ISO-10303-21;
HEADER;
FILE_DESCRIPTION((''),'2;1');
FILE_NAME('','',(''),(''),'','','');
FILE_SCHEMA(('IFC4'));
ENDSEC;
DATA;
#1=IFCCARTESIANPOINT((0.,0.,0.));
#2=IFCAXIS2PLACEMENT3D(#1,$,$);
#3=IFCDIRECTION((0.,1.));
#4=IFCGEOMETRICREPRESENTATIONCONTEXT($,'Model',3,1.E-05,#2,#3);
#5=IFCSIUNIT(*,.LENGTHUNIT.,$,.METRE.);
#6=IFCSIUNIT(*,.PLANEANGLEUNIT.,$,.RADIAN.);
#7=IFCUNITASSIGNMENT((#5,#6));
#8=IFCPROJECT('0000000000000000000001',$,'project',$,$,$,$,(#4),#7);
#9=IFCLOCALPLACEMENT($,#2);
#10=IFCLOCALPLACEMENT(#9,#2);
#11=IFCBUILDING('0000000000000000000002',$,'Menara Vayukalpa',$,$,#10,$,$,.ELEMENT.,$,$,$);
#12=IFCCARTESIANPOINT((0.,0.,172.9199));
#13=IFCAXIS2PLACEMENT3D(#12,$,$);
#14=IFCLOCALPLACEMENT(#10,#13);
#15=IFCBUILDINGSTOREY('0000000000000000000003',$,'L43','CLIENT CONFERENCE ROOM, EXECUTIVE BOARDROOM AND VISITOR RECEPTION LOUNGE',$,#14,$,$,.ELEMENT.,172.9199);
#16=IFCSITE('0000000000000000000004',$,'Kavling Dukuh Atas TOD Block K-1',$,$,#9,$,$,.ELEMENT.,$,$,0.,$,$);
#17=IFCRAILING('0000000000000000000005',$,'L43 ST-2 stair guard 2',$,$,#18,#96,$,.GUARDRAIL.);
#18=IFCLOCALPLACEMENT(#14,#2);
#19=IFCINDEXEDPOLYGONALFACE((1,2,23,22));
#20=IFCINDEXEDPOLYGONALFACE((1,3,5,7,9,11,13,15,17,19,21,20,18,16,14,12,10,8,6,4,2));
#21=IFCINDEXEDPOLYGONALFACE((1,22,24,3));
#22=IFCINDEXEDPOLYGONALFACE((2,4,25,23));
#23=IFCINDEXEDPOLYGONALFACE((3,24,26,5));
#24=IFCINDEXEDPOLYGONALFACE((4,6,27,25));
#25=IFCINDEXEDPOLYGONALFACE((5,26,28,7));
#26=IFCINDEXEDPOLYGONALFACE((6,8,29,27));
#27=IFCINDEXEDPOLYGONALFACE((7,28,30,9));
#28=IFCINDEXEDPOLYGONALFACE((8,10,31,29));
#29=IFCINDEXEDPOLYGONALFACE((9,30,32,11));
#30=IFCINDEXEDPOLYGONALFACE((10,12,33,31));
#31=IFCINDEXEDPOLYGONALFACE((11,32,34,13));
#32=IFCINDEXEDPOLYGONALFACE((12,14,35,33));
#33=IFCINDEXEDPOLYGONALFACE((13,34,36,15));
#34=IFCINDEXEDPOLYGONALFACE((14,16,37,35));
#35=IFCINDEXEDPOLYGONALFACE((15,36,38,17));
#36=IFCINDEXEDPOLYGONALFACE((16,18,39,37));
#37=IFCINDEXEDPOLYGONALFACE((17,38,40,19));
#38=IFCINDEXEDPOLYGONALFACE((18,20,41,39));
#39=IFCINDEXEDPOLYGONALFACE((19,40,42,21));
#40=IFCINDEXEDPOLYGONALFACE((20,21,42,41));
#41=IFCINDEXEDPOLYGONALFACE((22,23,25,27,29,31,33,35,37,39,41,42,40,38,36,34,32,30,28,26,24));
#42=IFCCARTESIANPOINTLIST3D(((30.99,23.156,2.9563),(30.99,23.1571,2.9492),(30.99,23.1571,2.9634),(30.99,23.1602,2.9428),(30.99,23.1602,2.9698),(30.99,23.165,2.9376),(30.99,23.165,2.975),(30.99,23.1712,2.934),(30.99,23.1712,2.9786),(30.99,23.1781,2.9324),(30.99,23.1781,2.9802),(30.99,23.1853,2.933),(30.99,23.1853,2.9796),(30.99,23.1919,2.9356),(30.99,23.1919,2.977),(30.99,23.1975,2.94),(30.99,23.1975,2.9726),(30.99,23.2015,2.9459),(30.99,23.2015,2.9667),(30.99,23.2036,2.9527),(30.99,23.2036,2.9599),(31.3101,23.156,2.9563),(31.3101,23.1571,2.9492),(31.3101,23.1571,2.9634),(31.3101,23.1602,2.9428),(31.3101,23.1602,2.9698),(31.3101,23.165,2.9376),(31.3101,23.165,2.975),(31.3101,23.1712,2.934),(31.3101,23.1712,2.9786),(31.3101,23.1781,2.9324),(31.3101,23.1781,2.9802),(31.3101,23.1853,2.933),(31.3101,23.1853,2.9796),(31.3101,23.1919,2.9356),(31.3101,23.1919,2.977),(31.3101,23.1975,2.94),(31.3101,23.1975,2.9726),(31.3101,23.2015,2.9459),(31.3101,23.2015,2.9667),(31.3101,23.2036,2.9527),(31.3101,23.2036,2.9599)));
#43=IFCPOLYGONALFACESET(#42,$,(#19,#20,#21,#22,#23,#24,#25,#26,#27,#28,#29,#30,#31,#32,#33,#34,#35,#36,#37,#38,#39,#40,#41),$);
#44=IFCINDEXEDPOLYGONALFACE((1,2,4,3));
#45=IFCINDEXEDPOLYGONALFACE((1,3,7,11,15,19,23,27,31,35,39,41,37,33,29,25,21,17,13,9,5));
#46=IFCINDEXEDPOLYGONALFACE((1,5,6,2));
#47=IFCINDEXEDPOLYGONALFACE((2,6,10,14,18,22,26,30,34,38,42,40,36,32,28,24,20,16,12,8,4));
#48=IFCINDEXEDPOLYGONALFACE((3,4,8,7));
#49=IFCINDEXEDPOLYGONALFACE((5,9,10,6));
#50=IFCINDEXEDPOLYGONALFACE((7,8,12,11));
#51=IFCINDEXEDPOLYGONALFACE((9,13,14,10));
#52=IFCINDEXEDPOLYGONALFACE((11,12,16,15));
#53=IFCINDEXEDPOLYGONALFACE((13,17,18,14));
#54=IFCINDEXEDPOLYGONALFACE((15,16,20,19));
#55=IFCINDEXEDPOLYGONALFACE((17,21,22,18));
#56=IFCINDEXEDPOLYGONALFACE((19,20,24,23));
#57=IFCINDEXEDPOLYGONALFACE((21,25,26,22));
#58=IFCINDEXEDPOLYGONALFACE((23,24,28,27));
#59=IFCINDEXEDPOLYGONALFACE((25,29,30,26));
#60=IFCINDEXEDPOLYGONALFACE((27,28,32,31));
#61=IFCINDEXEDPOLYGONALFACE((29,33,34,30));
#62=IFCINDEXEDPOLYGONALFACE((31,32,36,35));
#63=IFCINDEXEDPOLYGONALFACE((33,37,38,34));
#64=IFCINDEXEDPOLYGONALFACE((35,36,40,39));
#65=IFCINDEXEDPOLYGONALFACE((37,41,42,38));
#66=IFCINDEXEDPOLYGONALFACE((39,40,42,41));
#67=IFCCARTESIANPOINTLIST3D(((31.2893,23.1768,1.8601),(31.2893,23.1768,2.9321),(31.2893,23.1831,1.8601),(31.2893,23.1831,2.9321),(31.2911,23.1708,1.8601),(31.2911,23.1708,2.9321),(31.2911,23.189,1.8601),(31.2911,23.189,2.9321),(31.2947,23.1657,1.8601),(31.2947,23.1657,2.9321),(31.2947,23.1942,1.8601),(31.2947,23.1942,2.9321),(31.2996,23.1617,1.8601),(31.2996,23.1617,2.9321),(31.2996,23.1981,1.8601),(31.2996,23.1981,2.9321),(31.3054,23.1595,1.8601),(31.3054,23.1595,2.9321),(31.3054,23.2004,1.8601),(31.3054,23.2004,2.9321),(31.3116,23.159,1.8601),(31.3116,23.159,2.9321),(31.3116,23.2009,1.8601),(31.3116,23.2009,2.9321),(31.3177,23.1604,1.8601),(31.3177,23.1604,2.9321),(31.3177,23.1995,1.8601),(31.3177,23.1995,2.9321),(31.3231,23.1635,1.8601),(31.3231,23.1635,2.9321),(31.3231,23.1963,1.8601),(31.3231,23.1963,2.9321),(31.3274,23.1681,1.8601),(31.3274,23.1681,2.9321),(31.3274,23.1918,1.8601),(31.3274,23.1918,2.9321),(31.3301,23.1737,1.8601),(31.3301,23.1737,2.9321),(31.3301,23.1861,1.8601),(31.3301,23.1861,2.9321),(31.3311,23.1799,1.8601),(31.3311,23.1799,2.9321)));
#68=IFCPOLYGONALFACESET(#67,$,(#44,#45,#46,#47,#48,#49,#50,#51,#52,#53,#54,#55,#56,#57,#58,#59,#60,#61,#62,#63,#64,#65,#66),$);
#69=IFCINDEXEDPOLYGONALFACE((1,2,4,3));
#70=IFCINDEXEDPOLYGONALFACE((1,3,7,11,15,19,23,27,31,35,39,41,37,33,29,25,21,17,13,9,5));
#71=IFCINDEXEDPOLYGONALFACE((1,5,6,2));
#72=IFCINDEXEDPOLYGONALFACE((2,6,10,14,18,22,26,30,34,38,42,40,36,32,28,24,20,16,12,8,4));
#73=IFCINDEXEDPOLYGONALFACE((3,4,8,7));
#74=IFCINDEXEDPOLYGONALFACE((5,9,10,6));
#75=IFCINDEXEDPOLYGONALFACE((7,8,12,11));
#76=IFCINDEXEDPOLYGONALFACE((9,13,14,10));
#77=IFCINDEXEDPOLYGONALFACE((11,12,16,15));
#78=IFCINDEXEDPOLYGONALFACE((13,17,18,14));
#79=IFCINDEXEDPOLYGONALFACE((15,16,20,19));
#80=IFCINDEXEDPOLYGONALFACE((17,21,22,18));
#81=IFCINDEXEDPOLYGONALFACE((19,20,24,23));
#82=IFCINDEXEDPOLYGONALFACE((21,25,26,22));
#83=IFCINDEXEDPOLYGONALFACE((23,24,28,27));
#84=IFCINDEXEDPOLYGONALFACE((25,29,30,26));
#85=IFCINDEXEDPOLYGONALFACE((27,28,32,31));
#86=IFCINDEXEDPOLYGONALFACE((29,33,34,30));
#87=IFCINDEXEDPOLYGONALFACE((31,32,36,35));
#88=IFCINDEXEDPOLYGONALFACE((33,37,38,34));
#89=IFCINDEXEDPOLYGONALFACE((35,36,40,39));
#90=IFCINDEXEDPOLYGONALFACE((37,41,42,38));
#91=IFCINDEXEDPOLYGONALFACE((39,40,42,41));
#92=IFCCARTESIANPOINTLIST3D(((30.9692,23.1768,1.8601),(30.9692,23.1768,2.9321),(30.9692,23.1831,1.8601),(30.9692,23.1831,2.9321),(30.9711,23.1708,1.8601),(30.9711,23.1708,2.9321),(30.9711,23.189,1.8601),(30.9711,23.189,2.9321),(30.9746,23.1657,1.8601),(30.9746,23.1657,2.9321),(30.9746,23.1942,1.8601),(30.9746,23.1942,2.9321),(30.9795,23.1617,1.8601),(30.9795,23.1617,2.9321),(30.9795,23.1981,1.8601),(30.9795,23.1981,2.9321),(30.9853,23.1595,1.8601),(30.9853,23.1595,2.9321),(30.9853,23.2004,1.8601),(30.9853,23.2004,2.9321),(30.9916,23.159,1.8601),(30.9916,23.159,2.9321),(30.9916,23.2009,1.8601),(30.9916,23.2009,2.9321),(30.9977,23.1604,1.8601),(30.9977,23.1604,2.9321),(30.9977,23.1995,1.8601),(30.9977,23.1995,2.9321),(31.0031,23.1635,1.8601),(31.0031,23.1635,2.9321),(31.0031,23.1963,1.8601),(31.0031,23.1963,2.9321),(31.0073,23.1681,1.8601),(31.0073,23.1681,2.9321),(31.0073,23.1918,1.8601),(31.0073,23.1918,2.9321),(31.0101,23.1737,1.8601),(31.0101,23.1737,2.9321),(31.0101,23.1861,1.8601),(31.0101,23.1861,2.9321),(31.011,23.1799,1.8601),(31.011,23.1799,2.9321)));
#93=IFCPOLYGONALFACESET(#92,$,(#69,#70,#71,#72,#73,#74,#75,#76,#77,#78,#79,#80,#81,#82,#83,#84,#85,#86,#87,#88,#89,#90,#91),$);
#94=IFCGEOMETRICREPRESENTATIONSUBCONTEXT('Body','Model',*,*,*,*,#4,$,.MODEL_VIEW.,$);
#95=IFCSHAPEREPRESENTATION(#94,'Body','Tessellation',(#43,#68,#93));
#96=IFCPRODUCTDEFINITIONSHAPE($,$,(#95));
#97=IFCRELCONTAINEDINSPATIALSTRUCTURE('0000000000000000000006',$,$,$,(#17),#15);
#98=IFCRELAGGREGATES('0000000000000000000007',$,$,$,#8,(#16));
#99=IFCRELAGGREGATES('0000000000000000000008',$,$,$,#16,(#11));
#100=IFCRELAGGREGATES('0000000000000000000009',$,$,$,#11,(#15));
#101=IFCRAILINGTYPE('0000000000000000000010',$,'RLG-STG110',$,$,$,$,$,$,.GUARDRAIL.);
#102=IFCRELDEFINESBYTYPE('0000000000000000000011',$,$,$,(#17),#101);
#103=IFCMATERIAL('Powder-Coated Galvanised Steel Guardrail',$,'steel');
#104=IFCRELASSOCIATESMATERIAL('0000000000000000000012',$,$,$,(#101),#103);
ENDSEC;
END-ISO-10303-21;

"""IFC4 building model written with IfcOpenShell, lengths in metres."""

from ifc_helpers import new_model, si_unit, direction, frame, origin, origin_2d, place, context, subcontext, project, spatial, circle, extrude, material, type_object, element, save


model = new_model("IFC4")

# Units and contexts
model_context = context("Model", 3, precision=1e-05, world=origin(), true_north=direction((0.0, 1.0)))
body_context = subcontext(model_context, "Body", "Model", "MODEL_VIEW")
ifc_project = project(units=[si_unit("LENGTHUNIT", "METRE"), si_unit("PLANEANGLEUNIT", "RADIAN")], contexts=[model_context])

# Site, building, storey
site_placement = place(None, origin())
site = spatial("IfcSite", under=ifc_project, at=site_placement, Name="Kavling Dukuh Atas TOD Block K-1", CompositionType="ELEMENT", RefElevation=0.0)
building_placement = place(site_placement, origin())
building = spatial("IfcBuilding", under=site, at=building_placement, Name="Menara Vayukalpa", CompositionType="ELEMENT")
storey_placement = place(building_placement, frame((0.0, 0.0, 172.9199)))
storey = spatial("IfcBuildingStorey", under=building, at=storey_placement, Name="L43", Description="CLIENT CONFERENCE ROOM, EXECUTIVE BOARDROOM AND VISITOR RECEPTION LOUNGE", CompositionType="ELEMENT", Elevation=172.9199)

# Railing
ifc_material_1 = material(Name="Powder-Coated Galvanised Steel Guardrail", Category="steel")
railing_type_1 = type_object("IfcRailingType", Name="RLG-STG110", PredefinedType="GUARDRAIL", material=ifc_material_1)
railing_1_placement = place(storey_placement, frame((31.3101, 23.1799, 1.8601)))
element("IfcRailing", 1, at=railing_1_placement, inside=storey, type_object=railing_type_1, Name="L43 ST-2 stair guard 2", PredefinedType="GUARDRAIL", context=body_context, shape_type="SweptSolid", body=[
    extrude(circle(Radius=0.0239, at=origin_2d()), frame((0.0, 0.0, 1.0962), z_axis=(-1.0, 0.0, 0.0), x_axis=(0.0, -1.0, 0.0)), (0.0, 0.0, 1.0), 0.3201),
    extrude(circle(Radius=0.021, at=origin_2d()), origin(), (0.0, 0.0, 1.0), 1.072),
    extrude(circle(Radius=0.021, at=origin_2d()), frame((-0.3201, 0.0, 0.0)), (0.0, 0.0, 1.0), 1.072),
])

save(model, "model.ifc")
